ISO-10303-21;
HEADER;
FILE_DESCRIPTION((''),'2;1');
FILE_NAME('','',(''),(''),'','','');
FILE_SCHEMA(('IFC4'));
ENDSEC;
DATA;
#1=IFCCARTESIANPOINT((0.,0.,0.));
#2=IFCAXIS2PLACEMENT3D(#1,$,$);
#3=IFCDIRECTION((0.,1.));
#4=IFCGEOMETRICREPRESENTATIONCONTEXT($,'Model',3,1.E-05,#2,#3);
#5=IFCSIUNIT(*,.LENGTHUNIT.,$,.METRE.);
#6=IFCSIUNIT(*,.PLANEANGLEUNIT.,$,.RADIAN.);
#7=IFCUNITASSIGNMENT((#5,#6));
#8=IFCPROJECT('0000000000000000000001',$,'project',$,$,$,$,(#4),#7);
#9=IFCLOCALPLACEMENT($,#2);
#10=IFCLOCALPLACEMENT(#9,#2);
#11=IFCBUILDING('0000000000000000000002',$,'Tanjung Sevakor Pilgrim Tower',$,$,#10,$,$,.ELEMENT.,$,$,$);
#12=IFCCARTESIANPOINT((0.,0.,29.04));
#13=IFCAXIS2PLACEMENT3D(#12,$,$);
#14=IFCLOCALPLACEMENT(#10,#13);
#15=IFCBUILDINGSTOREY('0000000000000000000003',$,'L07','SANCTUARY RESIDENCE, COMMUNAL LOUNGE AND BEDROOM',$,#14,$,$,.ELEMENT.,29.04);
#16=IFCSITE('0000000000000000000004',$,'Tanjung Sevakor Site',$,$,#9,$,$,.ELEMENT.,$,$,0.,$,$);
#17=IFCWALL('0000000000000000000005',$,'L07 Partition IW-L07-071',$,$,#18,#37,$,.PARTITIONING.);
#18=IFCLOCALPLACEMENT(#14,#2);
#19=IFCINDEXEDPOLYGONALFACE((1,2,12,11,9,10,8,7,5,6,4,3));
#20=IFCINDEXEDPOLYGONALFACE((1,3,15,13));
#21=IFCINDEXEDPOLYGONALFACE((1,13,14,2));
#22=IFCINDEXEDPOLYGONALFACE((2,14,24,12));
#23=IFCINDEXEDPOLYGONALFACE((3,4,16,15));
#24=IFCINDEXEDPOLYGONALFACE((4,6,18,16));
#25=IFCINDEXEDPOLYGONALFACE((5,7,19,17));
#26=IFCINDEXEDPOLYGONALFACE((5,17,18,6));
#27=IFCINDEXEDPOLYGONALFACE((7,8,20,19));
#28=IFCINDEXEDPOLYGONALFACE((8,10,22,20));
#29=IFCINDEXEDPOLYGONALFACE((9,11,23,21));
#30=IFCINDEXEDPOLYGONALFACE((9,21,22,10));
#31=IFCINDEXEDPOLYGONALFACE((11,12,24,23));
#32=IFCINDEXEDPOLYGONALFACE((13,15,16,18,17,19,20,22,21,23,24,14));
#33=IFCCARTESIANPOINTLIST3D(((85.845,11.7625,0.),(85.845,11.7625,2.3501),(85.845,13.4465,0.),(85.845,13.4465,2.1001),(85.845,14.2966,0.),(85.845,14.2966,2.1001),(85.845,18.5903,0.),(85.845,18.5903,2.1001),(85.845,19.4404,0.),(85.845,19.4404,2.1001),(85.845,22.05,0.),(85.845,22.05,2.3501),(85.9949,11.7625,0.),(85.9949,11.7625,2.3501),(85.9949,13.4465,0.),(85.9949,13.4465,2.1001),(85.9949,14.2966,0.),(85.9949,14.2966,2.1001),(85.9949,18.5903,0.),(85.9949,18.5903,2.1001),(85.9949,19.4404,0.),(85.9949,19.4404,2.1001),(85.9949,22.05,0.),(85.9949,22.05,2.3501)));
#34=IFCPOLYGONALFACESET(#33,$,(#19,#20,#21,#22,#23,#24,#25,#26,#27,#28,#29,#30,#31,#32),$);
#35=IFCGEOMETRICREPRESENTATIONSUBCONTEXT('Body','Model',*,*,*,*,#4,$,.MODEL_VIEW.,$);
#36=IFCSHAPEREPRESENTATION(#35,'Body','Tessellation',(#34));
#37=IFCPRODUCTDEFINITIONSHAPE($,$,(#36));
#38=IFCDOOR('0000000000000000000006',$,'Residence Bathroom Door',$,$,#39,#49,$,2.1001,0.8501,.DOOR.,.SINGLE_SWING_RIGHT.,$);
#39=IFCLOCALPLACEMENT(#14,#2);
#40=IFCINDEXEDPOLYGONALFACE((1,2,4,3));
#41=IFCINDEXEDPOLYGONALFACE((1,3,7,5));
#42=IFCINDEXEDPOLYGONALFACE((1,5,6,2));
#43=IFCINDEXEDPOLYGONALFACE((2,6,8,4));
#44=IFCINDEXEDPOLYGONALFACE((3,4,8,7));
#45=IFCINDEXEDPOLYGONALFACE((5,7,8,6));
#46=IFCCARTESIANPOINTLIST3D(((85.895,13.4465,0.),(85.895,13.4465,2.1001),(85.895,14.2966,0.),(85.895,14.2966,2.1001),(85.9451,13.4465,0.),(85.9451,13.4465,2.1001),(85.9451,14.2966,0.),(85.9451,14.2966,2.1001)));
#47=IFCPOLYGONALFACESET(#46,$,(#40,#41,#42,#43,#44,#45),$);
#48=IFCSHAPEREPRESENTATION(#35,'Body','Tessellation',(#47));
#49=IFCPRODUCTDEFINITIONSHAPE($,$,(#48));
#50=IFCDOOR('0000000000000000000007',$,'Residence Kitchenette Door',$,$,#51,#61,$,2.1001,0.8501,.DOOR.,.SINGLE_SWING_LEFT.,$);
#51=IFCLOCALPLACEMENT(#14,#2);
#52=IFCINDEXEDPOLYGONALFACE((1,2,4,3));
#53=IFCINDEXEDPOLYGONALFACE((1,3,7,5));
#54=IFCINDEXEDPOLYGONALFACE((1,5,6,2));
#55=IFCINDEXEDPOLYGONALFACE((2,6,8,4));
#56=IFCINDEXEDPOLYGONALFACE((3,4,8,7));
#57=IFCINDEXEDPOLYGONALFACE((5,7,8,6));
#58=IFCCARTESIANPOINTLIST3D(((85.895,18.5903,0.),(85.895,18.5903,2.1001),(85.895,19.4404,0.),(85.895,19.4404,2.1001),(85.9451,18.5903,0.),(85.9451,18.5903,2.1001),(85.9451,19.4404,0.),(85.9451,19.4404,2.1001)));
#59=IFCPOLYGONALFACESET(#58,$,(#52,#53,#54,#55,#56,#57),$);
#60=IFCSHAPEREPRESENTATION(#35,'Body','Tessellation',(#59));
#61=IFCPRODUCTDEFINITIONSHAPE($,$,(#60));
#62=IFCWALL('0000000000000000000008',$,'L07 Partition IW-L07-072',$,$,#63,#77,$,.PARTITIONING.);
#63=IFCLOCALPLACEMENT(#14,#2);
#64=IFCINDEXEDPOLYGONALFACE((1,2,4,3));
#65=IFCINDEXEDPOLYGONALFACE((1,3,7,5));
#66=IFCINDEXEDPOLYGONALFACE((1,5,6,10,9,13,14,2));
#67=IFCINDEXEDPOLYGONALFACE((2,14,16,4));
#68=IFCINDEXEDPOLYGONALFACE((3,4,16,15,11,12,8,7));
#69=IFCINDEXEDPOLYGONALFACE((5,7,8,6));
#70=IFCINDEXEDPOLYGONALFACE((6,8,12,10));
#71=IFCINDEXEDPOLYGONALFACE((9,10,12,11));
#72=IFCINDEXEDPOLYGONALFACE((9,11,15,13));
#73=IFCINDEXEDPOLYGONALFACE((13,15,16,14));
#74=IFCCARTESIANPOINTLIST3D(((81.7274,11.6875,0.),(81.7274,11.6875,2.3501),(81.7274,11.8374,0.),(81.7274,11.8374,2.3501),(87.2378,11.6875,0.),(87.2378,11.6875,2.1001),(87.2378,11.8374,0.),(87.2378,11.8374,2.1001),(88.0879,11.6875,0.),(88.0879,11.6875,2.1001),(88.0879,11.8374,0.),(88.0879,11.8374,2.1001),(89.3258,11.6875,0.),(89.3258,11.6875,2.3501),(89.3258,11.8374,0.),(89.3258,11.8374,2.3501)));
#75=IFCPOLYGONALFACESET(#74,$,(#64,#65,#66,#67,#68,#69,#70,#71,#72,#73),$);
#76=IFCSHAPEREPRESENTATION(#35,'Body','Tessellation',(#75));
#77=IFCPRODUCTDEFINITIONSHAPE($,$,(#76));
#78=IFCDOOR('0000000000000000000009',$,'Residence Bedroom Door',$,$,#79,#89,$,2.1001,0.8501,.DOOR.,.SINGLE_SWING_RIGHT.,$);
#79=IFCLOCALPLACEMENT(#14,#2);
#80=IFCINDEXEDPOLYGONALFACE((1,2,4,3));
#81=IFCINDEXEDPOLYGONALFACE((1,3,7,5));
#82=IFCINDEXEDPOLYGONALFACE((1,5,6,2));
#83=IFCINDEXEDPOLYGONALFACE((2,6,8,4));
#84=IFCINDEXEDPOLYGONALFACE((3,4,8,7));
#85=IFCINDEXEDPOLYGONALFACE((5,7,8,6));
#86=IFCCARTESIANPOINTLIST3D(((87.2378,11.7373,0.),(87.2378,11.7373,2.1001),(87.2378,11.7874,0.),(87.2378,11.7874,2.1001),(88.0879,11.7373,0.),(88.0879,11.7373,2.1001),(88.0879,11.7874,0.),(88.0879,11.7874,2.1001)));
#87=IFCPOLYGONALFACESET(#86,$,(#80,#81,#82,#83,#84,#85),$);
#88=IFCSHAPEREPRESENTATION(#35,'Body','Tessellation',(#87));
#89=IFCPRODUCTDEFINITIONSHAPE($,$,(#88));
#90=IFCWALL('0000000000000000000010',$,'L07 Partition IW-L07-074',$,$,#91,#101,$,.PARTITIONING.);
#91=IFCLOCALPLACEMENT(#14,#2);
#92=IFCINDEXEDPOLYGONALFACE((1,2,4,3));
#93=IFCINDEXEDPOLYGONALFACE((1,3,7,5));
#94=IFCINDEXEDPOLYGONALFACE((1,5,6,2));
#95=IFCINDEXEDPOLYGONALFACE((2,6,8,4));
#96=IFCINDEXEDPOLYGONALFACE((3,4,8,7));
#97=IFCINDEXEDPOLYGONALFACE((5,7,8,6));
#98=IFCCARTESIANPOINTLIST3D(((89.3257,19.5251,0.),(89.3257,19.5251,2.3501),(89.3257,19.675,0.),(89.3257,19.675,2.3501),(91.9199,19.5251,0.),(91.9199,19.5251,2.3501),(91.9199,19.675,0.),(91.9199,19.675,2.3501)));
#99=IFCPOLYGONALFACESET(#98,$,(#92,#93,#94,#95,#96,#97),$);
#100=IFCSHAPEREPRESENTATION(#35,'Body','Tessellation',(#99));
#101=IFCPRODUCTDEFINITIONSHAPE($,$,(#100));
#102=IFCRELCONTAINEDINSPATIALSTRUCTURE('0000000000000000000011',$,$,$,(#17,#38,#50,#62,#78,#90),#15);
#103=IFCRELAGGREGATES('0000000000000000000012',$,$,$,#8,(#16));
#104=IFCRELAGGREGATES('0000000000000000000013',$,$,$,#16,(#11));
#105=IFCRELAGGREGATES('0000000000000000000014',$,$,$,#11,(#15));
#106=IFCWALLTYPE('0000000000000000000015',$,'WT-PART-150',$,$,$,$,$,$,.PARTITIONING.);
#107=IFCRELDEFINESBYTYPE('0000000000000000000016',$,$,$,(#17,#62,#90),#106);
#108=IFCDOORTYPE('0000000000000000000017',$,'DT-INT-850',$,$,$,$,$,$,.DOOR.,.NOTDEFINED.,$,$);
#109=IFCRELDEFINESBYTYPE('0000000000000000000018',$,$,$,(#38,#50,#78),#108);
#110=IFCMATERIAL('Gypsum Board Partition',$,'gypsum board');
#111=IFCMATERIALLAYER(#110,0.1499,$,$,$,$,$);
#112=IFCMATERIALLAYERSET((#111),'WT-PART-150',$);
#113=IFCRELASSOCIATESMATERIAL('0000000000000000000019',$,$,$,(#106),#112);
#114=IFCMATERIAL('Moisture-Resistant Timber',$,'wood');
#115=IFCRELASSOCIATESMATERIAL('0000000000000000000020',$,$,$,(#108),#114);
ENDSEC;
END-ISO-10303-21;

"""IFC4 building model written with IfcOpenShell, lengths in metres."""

from ifc_helpers import new_model, si_unit, direction, frame, frame_2d, origin, place, context, subcontext, project, spatial, rectangle, extrude, material, layer, layer_set, type_object, element, fill, save


model = new_model("IFC4")

# Units and contexts
model_context = context("Model", 3, precision=1e-05, world=origin(), true_north=direction((0.0, 1.0)))
body_context = subcontext(model_context, "Body", "Model", "MODEL_VIEW")
ifc_project = project(units=[si_unit("LENGTHUNIT", "METRE"), si_unit("PLANEANGLEUNIT", "RADIAN")], contexts=[model_context])

# Site, building, storey
site_placement = place(None, origin())
site = spatial("IfcSite", under=ifc_project, at=site_placement, Name="Tanjung Sevakor Site", CompositionType="ELEMENT", RefElevation=0.0)
building_placement = place(site_placement, origin())
building = spatial("IfcBuilding", under=site, at=building_placement, Name="Tanjung Sevakor Pilgrim Tower", CompositionType="ELEMENT")
storey_placement = place(building_placement, frame((0.0, 0.0, 29.04)))
storey = spatial("IfcBuildingStorey", under=building, at=storey_placement, Name="L07", Description="SANCTUARY RESIDENCE, COMMUNAL LOUNGE AND BEDROOM", CompositionType="ELEMENT", Elevation=29.04)

# Shared definitions
ifc_material_1 = material(Name="Gypsum Board Partition", Category="gypsum board")
ifc_layer_1 = layer(ifc_material_1, 0.1499)
ifc_layer_set_1 = layer_set([ifc_layer_1], Name="WT-PART-150")
wall_type_1 = type_object("IfcWallType", Name="WT-PART-150", PredefinedType="PARTITIONING", material=ifc_layer_set_1)

# Wall, openings, doors
wall_1_placement = place(storey_placement, frame((85.9199, 11.7625, 0.0), z_axis=(0.0, 0.0, 1.0), x_axis=(0.0, 1.0, 0.0)))
wall_1 = element("IfcWall", 1, at=wall_1_placement, inside=storey, type_object=wall_type_1, Name="L07 Partition IW-L07-071", PredefinedType="PARTITIONING", context=body_context, shape_type="SweptSolid", body=[
    extrude(rectangle(XDim=10.2876, YDim=0.1499, at=frame_2d((5.1438, 0.0))), origin(), (0.0, 0.0, 1.0), 2.3501),
])
opening_1_placement = place(wall_1_placement, frame((1.6841, 0.0, 0.0)))
opening_1 = element("IfcOpeningElement", 2, at=opening_1_placement, cuts=wall_1, PredefinedType="OPENING", context=body_context, shape_type="SweptSolid", body=[
    extrude(rectangle(XDim=0.8501, YDim=2.1001, at=frame_2d((0.425, 1.05))), frame((0.0, 0.085, 0.0), z_axis=(0.0, -1.0, 0.0), x_axis=(1.0, 0.0, 0.0)), (0.0, 0.0, 1.0), 0.1699),
])
opening_2_placement = place(wall_1_placement, frame((6.8279, 0.0, 0.0)))
opening_2 = element("IfcOpeningElement", 3, at=opening_2_placement, cuts=wall_1, PredefinedType="OPENING", context=body_context, shape_type="SweptSolid", body=[
    extrude(rectangle(XDim=0.8501, YDim=2.1001, at=frame_2d((0.425, 1.05))), frame((0.0, 0.085, 0.0), z_axis=(0.0, -1.0, 0.0), x_axis=(1.0, 0.0, 0.0)), (0.0, 0.0, 1.0), 0.1699),
])
ifc_material_2 = material(Name="Moisture-Resistant Timber", Category="wood")
door_type_1 = type_object("IfcDoorType", Name="DT-INT-850", OperationType="NOTDEFINED", PredefinedType="DOOR", material=ifc_material_2)
door_1_placement = place(opening_1_placement, origin())
door_1 = element("IfcDoor", 4, at=door_1_placement, inside=storey, type_object=door_type_1, Name="Residence Bathroom Door", OperationType="SINGLE_SWING_RIGHT", OverallHeight=2.1001, OverallWidth=0.8501, PredefinedType="DOOR", context=body_context, shape_type="SweptSolid", body=[
    extrude(rectangle(XDim=0.8501, YDim=2.1001, at=frame_2d((0.425, 1.05))), frame((0.0, 0.0249, 0.0), z_axis=(0.0, -1.0, 0.0), x_axis=(1.0, 0.0, 0.0)), (0.0, 0.0, 1.0), 0.05),
])
fill(opening_1, door_1)
door_2_placement = place(opening_2_placement, origin())
door_2 = element("IfcDoor", 5, at=door_2_placement, inside=storey, type_object=door_type_1, Name="Residence Kitchenette Door", OperationType="SINGLE_SWING_LEFT", OverallHeight=2.1001, OverallWidth=0.8501, PredefinedType="DOOR", context=body_context, shape_type="SweptSolid", body=[
    extrude(rectangle(XDim=0.8501, YDim=2.1001, at=frame_2d((0.425, 1.05))), frame((0.0, 0.0249, 0.0), z_axis=(0.0, -1.0, 0.0), x_axis=(1.0, 0.0, 0.0)), (0.0, 0.0, 1.0), 0.05),
])
fill(opening_2, door_2)

# Wall, opening, door
wall_2_placement = place(storey_placement, frame((81.7273, 11.7625, 0.0), z_axis=(0.0, 0.0, 1.0), x_axis=(1.0, 0.0, 0.0)))
wall_2 = element("IfcWall", 6, at=wall_2_placement, inside=storey, type_object=wall_type_1, Name="L07 Partition IW-L07-072", PredefinedType="PARTITIONING", context=body_context, shape_type="SweptSolid", body=[
    extrude(rectangle(XDim=7.5984, YDim=0.1499, at=frame_2d((3.7993, 0.0))), origin(), (0.0, 0.0, 1.0), 2.3501),
])
opening_3_placement = place(wall_2_placement, frame((5.5105, 0.0, 0.0)))
opening_3 = element("IfcOpeningElement", 7, at=opening_3_placement, cuts=wall_2, PredefinedType="OPENING", context=body_context, shape_type="SweptSolid", body=[
    extrude(rectangle(XDim=0.8501, YDim=2.1001, at=frame_2d((0.425, 1.05))), frame((0.0, 0.085, 0.0), z_axis=(0.0, -1.0, 0.0), x_axis=(1.0, 0.0, 0.0)), (0.0, 0.0, 1.0), 0.1699),
])
door_3_placement = place(opening_3_placement, origin())
door_3 = element("IfcDoor", 8, at=door_3_placement, inside=storey, type_object=door_type_1, Name="Residence Bedroom Door", OperationType="SINGLE_SWING_RIGHT", OverallHeight=2.1001, OverallWidth=0.8501, PredefinedType="DOOR", context=body_context, shape_type="SweptSolid", body=[
    extrude(rectangle(XDim=0.8501, YDim=2.1001, at=frame_2d((0.425, 1.05))), frame((0.0, 0.0249, 0.0), z_axis=(0.0, -1.0, 0.0), x_axis=(1.0, 0.0, 0.0)), (0.0, 0.0, 1.0), 0.05),
])
fill(opening_3, door_3)

# Wall
wall_3_placement = place(storey_placement, frame((89.3257, 19.6001, 0.0), z_axis=(0.0, 0.0, 1.0), x_axis=(1.0, 0.0, 0.0)))
element("IfcWall", 9, at=wall_3_placement, inside=storey, type_object=wall_type_1, Name="L07 Partition IW-L07-074", PredefinedType="PARTITIONING", context=body_context, shape_type="SweptSolid", body=[
    extrude(rectangle(XDim=2.5942, YDim=0.1499, at=frame_2d((1.2971, 0.0))), origin(), (0.0, 0.0, 1.0), 2.3501),
])

save(model, "model.ifc")
